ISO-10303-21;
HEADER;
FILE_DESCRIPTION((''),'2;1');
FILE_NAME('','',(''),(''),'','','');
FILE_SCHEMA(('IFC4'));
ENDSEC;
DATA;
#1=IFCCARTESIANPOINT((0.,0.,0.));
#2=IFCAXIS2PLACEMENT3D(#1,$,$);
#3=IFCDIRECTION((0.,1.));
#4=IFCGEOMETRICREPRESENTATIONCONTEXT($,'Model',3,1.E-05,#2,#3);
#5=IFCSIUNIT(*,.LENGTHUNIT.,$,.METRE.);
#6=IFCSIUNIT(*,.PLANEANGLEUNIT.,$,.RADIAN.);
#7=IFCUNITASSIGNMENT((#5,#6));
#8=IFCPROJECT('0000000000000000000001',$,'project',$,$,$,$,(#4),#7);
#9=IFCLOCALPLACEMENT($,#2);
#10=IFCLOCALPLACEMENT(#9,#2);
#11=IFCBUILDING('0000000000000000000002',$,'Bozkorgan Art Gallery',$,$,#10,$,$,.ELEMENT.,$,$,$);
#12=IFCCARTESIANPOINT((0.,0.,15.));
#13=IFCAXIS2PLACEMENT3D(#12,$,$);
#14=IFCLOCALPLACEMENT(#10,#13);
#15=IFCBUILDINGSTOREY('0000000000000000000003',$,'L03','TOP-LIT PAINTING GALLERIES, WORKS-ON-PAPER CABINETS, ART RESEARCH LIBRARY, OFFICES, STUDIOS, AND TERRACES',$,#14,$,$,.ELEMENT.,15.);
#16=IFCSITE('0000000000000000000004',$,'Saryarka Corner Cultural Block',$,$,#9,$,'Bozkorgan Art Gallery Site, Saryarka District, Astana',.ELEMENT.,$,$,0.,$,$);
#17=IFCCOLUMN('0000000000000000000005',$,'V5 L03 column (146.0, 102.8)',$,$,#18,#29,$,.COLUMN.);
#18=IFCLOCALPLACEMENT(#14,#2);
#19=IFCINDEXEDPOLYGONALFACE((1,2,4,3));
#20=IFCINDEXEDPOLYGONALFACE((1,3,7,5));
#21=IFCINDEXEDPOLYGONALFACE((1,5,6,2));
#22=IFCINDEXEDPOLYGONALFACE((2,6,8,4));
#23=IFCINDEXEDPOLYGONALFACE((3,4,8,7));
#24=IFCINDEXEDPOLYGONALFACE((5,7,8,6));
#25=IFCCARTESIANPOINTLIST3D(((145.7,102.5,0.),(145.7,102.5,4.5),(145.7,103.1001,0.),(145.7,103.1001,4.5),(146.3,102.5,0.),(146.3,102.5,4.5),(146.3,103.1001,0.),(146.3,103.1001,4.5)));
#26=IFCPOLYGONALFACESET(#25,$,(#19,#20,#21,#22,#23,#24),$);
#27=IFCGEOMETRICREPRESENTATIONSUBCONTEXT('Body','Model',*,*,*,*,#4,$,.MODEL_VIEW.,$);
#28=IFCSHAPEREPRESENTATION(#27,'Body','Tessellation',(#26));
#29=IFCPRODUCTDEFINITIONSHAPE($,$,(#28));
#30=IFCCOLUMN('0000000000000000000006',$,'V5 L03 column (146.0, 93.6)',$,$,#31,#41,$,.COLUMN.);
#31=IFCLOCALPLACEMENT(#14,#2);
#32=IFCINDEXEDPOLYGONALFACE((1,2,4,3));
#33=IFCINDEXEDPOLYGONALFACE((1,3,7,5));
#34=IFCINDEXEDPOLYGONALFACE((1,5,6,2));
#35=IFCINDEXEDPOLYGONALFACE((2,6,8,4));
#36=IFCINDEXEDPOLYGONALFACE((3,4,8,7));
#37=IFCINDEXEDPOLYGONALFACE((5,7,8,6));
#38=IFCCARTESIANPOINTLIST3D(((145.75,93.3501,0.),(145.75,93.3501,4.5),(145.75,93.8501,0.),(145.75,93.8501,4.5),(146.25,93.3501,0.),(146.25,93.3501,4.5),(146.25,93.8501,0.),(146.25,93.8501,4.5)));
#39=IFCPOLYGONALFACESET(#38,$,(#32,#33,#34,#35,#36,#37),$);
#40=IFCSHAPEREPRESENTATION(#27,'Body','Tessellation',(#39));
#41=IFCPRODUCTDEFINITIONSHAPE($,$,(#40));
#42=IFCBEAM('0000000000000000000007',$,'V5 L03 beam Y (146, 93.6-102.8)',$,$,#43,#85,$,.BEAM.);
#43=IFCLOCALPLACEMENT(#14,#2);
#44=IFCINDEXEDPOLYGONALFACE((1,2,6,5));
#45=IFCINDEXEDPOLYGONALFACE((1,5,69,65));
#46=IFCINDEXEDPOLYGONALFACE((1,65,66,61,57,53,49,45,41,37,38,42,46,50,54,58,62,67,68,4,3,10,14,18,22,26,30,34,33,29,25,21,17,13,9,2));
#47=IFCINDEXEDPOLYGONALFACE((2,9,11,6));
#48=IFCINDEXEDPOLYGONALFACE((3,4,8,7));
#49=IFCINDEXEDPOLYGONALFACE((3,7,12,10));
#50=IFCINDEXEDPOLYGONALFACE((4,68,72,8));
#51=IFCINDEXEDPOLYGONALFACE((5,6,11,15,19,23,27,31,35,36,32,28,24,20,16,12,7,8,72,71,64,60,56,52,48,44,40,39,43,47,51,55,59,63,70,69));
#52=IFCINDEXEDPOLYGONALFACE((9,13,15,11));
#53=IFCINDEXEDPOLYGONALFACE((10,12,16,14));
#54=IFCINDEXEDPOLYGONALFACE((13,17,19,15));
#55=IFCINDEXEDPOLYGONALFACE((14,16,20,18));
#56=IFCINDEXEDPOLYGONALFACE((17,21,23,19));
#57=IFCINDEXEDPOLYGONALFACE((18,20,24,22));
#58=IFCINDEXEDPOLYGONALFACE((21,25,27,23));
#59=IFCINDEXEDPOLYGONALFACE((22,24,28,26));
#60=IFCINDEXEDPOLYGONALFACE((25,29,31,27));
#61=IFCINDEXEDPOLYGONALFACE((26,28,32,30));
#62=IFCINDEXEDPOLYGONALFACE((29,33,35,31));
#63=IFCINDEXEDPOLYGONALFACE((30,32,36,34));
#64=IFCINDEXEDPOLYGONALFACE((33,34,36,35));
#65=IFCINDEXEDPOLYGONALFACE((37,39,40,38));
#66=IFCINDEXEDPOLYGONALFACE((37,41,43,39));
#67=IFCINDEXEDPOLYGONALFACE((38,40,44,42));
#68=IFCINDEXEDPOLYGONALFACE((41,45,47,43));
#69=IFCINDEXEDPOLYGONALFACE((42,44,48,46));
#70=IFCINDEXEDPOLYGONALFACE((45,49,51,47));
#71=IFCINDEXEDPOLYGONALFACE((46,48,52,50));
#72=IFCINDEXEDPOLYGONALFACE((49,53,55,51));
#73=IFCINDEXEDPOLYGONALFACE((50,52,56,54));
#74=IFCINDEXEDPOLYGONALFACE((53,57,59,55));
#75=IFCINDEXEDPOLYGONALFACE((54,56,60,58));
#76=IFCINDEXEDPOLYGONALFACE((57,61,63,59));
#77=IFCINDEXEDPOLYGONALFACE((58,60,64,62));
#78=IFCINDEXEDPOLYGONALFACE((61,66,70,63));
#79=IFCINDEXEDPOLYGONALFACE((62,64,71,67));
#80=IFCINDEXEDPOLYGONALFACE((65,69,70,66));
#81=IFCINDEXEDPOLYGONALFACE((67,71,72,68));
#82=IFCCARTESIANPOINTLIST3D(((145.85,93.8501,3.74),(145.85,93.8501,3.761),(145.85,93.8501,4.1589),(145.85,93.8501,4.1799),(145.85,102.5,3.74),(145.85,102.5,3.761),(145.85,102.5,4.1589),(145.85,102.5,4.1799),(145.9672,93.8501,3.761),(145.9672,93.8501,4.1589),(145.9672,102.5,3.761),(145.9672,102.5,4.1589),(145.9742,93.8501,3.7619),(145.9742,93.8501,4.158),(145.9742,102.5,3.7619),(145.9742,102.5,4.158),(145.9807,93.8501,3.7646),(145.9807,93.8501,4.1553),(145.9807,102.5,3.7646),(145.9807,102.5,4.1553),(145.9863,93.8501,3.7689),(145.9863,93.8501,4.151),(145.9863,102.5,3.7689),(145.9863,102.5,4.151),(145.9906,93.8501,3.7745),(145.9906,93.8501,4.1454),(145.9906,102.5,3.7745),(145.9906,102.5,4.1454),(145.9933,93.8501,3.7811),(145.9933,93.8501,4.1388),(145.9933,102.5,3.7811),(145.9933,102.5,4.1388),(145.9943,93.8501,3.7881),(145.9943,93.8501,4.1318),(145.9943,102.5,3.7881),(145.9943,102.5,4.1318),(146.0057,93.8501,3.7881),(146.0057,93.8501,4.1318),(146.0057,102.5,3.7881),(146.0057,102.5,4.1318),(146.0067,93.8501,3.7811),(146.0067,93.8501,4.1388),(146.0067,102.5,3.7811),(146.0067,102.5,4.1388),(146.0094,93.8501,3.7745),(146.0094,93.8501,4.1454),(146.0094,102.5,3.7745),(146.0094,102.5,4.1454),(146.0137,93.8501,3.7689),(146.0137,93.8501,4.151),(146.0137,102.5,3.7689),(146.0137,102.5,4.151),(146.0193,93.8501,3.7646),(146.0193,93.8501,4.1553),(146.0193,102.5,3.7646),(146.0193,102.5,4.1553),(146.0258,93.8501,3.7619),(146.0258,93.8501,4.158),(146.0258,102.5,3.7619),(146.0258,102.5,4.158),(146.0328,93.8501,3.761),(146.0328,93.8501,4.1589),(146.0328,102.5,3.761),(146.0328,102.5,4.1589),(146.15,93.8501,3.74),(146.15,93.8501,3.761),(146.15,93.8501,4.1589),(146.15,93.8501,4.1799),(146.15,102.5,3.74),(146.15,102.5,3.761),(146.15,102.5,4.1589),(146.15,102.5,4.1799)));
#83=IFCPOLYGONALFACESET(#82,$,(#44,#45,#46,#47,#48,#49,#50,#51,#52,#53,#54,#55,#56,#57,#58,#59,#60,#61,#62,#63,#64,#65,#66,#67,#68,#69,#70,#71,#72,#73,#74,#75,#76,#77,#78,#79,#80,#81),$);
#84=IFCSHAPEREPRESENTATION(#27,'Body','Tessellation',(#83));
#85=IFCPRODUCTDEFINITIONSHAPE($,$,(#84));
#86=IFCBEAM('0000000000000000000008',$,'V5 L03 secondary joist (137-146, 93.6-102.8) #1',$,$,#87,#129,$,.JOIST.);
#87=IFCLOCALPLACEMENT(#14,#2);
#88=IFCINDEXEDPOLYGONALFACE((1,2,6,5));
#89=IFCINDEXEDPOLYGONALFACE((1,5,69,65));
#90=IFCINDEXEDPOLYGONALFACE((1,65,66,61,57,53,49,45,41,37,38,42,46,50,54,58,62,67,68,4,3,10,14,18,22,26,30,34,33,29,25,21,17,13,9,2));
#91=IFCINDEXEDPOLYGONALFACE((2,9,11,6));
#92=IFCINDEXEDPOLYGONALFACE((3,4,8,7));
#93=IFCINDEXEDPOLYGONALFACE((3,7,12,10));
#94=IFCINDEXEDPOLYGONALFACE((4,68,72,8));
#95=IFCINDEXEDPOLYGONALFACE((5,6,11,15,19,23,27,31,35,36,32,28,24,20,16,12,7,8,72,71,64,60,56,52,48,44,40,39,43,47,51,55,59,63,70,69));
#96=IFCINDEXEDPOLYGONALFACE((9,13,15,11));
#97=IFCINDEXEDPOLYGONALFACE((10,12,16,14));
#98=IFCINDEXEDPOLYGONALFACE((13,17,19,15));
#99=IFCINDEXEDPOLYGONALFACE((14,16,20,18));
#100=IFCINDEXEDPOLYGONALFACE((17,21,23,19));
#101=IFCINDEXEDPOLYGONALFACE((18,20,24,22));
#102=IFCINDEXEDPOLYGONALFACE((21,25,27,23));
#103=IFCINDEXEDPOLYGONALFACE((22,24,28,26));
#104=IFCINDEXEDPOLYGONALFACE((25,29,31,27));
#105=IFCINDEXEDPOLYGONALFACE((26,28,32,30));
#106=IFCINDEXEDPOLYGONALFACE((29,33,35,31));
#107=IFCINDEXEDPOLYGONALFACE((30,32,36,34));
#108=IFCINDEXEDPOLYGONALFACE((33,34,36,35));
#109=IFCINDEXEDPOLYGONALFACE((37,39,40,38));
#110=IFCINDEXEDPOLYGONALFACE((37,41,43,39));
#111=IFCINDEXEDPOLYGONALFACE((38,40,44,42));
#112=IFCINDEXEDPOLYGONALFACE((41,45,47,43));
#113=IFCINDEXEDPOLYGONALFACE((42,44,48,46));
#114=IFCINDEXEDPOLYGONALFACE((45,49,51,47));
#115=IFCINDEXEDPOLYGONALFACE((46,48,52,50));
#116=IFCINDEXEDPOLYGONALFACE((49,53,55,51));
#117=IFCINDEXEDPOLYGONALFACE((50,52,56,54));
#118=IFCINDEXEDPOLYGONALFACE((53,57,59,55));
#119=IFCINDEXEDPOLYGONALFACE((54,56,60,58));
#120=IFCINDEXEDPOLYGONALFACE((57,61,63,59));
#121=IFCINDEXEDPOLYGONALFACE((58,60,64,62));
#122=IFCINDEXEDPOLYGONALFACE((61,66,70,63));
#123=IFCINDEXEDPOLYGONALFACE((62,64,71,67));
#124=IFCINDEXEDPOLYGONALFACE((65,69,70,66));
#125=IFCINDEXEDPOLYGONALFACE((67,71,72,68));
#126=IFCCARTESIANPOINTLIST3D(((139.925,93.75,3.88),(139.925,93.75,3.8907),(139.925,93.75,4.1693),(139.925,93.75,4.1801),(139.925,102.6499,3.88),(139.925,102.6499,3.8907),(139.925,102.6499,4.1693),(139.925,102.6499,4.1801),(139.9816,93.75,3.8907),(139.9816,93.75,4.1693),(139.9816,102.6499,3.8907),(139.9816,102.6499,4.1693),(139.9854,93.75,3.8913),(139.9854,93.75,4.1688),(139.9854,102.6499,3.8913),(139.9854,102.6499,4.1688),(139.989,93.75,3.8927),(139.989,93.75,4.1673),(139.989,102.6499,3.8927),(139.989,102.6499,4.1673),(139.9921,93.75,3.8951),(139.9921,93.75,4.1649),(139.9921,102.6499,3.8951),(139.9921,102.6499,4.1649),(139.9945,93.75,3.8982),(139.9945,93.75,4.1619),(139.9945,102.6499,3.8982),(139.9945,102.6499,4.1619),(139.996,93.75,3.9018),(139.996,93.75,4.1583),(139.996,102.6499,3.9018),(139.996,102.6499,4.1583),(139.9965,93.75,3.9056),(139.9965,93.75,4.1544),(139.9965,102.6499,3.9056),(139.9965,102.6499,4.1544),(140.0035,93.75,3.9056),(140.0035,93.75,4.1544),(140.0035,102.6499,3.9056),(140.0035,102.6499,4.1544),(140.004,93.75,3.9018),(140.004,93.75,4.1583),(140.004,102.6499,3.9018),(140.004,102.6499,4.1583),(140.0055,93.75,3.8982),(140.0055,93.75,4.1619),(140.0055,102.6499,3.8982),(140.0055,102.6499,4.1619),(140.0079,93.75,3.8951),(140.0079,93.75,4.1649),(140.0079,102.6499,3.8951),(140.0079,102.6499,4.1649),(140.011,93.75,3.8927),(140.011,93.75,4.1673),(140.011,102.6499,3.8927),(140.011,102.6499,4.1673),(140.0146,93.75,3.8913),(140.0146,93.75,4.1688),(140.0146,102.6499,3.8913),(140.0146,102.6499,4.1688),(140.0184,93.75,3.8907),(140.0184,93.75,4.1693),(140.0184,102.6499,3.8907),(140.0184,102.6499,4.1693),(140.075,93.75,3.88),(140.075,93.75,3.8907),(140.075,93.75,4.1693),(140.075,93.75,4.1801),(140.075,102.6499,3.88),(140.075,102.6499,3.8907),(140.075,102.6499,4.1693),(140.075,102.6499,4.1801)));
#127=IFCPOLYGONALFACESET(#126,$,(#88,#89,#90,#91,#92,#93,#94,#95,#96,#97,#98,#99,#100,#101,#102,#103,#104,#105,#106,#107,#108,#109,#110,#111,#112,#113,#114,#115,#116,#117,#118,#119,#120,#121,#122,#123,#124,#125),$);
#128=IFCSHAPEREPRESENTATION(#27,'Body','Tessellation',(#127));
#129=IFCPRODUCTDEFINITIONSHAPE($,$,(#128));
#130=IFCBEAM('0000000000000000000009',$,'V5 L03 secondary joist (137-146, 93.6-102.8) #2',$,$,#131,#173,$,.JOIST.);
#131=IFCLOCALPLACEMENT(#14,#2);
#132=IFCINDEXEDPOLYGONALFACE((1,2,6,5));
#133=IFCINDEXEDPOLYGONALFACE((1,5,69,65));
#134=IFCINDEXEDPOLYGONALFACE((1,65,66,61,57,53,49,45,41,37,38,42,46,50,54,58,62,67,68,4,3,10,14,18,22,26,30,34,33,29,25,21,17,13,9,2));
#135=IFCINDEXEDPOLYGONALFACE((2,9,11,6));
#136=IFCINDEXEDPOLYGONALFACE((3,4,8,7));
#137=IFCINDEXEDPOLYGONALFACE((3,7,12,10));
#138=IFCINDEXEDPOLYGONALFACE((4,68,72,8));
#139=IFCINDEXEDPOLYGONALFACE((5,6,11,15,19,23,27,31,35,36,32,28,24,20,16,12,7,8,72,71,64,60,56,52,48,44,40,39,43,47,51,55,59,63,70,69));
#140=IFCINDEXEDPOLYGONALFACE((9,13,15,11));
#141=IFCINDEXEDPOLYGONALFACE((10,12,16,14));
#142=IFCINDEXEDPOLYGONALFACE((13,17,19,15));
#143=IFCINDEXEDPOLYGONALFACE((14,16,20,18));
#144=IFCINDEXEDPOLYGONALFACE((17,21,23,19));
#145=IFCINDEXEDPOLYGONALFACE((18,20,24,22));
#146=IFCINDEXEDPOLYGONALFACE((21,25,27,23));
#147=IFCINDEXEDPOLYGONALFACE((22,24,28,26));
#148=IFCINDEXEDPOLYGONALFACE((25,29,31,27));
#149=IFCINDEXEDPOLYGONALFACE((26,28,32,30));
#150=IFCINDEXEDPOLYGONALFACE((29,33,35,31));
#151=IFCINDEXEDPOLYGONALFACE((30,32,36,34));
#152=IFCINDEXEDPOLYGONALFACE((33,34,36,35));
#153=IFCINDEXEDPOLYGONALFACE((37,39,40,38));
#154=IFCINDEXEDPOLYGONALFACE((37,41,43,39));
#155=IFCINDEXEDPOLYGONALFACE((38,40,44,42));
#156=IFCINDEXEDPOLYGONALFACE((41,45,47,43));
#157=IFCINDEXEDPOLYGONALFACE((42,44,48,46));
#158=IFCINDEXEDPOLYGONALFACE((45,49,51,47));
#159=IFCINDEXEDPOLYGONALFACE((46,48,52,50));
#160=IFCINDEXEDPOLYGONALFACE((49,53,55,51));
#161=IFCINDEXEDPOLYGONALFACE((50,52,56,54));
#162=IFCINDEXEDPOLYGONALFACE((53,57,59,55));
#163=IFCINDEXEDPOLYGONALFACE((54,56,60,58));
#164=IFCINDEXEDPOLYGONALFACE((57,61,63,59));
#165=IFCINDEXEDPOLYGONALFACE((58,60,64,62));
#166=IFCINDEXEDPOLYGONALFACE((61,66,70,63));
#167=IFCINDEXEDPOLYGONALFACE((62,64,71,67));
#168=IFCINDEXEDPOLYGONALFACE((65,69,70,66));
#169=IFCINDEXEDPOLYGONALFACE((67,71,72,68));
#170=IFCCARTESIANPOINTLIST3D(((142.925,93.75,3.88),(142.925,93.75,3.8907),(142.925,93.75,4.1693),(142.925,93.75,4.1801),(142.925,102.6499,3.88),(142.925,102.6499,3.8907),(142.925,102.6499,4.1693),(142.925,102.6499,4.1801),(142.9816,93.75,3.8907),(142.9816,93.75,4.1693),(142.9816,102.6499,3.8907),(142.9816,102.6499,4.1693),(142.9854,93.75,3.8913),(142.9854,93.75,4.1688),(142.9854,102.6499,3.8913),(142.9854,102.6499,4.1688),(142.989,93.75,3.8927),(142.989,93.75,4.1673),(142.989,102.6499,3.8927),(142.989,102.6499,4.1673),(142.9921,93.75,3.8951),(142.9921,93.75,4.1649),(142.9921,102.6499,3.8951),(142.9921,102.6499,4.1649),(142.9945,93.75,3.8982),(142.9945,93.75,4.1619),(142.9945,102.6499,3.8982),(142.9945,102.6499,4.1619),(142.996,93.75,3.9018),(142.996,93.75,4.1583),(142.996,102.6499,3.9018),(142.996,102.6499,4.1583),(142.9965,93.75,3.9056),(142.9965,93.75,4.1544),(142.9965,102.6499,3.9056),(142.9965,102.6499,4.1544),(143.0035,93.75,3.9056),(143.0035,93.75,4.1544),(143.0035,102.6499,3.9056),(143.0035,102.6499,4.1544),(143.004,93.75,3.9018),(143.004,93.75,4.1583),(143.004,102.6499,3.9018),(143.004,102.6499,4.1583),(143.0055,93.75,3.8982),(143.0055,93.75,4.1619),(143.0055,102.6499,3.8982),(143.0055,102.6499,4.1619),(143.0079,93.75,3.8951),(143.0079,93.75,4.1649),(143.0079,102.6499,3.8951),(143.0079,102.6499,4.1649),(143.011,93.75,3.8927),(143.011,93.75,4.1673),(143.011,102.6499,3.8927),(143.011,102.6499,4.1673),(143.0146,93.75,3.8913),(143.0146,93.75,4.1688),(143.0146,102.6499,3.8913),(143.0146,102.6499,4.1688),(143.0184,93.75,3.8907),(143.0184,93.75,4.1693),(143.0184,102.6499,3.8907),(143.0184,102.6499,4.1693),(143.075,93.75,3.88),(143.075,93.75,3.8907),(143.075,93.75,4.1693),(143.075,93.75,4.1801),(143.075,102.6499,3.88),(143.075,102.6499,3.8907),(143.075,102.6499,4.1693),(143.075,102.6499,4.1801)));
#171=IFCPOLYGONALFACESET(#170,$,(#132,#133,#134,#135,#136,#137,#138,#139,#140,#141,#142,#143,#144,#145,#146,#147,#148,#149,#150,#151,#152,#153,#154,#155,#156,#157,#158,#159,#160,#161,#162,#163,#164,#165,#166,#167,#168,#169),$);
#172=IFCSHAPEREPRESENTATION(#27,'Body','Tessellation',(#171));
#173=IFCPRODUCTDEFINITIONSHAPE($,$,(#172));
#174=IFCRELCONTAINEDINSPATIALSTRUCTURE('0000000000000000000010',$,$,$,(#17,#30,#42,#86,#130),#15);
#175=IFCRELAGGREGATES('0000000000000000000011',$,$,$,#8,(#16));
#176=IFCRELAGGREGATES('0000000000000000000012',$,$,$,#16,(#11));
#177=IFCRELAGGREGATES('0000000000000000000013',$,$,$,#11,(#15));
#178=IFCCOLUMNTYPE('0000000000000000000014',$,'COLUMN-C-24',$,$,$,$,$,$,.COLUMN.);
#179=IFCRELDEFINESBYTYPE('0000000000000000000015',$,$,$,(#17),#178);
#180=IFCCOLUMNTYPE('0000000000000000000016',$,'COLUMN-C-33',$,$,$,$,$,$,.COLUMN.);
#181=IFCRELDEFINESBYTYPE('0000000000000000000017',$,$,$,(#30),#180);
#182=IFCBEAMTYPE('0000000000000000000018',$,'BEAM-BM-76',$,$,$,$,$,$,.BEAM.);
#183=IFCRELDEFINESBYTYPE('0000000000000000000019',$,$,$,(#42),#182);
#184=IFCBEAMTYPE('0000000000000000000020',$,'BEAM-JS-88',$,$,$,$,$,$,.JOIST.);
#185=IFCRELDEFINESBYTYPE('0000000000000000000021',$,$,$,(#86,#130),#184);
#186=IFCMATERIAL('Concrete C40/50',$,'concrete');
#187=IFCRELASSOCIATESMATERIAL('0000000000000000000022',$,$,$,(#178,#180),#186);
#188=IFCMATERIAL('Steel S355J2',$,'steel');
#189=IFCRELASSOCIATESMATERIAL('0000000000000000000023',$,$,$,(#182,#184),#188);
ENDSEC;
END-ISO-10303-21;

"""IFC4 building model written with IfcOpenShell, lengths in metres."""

from ifc_helpers import new_model, si_unit, direction, frame, origin, origin_2d, place, context, subcontext, project, spatial, rectangle, i_section, extrude, material, material_profile, profile_set, type_object, element, save


model = new_model("IFC4")

# Units and contexts
model_context = context("Model", 3, precision=1e-05, world=origin(), true_north=direction((0.0, 1.0)))
body_context = subcontext(model_context, "Body", "Model", "MODEL_VIEW")
ifc_project = project(units=[si_unit("LENGTHUNIT", "METRE"), si_unit("PLANEANGLEUNIT", "RADIAN")], contexts=[model_context])

# Site, building, storey
site_placement = place(None, origin())
site = spatial("IfcSite", under=ifc_project, at=site_placement, Name="Saryarka Corner Cultural Block", LongName="Bozkorgan Art Gallery Site, Saryarka District, Astana", CompositionType="ELEMENT", RefElevation=0.0)
building_placement = place(site_placement, origin())
building = spatial("IfcBuilding", under=site, at=building_placement, Name="Bozkorgan Art Gallery", CompositionType="ELEMENT")
storey_placement = place(building_placement, frame((0.0, 0.0, 15.0)))
storey = spatial("IfcBuildingStorey", under=building, at=storey_placement, Name="L03", Description="TOP-LIT PAINTING GALLERIES, WORKS-ON-PAPER CABINETS, ART RESEARCH LIBRARY, OFFICES, STUDIOS, AND TERRACES", CompositionType="ELEMENT", Elevation=15.0)

# Columns
ifc_material_1 = material(Name="Concrete C40/50", Category="concrete")
ifc_material_profile_1 = material_profile(ifc_material_1, rectangle(XDim=0.6001, YDim=0.6001, at=origin_2d()), Name="RC 600x600")
ifc_profile_set_1 = profile_set([ifc_material_profile_1], Name="Concrete C40/50")
column_type_1 = type_object("IfcColumnType", Name="COLUMN-C-24", PredefinedType="COLUMN", material=ifc_profile_set_1)
column_1_placement = place(storey_placement, frame((146.0, 102.8, 0.0), z_axis=(0.0, 0.0, 1.0), x_axis=(1.0, 0.0, 0.0)))
element("IfcColumn", 1, at=column_1_placement, inside=storey, type_object=column_type_1, Name="V5 L03 column (146.0, 102.8)", PredefinedType="COLUMN", context=body_context, shape_type="SweptSolid", body=[
    extrude(rectangle(XDim=0.6001, YDim=0.6001, at=origin_2d()), origin(), (0.0, 0.0, 1.0), 4.5),
])
ifc_material_profile_2 = material_profile(ifc_material_1, rectangle(XDim=0.5, YDim=0.5, at=origin_2d()), Name="RC 500x500")
ifc_profile_set_2 = profile_set([ifc_material_profile_2], Name="Concrete C40/50")
column_type_2 = type_object("IfcColumnType", Name="COLUMN-C-33", PredefinedType="COLUMN", material=ifc_profile_set_2)
column_2_placement = place(storey_placement, frame((146.0, 93.6001, 0.0), z_axis=(0.0, 0.0, 1.0), x_axis=(1.0, 0.0, 0.0)))
element("IfcColumn", 2, at=column_2_placement, inside=storey, type_object=column_type_2, Name="V5 L03 column (146.0, 93.6)", PredefinedType="COLUMN", context=body_context, shape_type="SweptSolid", body=[
    extrude(rectangle(XDim=0.5, YDim=0.5, at=origin_2d()), origin(), (0.0, 0.0, 1.0), 4.5),
])

# Beams
ifc_material_2 = material(Name="Steel S355J2", Category="steel")
ifc_material_profile_3 = material_profile(ifc_material_2, i_section(OverallWidth=0.3, OverallDepth=0.4399, WebThickness=0.0115, FlangeThickness=0.021, FilletRadius=0.0271, at=origin_2d()), Name="HEA 450")
ifc_profile_set_3 = profile_set([ifc_material_profile_3], Name="Steel S355J2")
beam_type_1 = type_object("IfcBeamType", Name="BEAM-BM-76", PredefinedType="BEAM", material=ifc_profile_set_3)
beam_1_placement = place(storey_placement, frame((146.0, 93.8501, 3.96), z_axis=(0.0, 1.0, 0.0), x_axis=(-1.0, 0.0, 0.0)))
element("IfcBeam", 3, at=beam_1_placement, inside=storey, type_object=beam_type_1, Name="V5 L03 beam Y (146, 93.6-102.8)", PredefinedType="BEAM", context=body_context, shape_type="SweptSolid", body=[
    extrude(i_section(OverallWidth=0.3, OverallDepth=0.4399, WebThickness=0.0115, FlangeThickness=0.021, FilletRadius=0.0271, at=origin_2d()), origin(), (0.0, 0.0, 1.0), 8.6499),
])
ifc_material_profile_4 = material_profile(ifc_material_2, i_section(OverallWidth=0.1499, OverallDepth=0.3, WebThickness=0.0071, FlangeThickness=0.0107, FilletRadius=0.0149, at=origin_2d()), Name="IPE 300")
ifc_profile_set_4 = profile_set([ifc_material_profile_4], Name="Steel S355J2")
beam_type_2 = type_object("IfcBeamType", Name="BEAM-JS-88", PredefinedType="JOIST", material=ifc_profile_set_4)
for number, where, z_axis, x_axis, name in (
    (4, (140.0, 93.75, 4.03), (0.0, 1.0, 0.0), (-1.0, 0.0, 0.0), "V5 L03 secondary joist (137-146, 93.6-102.8) #1"),
    (5, (143.0, 93.75, 4.03), (0.0, 1.0, 0.0), (-1.0, 0.0, 0.0), "V5 L03 secondary joist (137-146, 93.6-102.8) #2"),
):
    element("IfcBeam", number, at=place(storey_placement, frame(where, z_axis=z_axis, x_axis=x_axis)), inside=storey, type_object=beam_type_2, Name=name, PredefinedType="JOIST", context=body_context, shape_type="SweptSolid", body=[
        extrude(i_section(OverallWidth=0.1499, OverallDepth=0.3, WebThickness=0.0071, FlangeThickness=0.0107, FilletRadius=0.0149, at=origin_2d()), origin(), (0.0, 0.0, 1.0), 8.8999),
    ])

save(model, "model.ifc")
